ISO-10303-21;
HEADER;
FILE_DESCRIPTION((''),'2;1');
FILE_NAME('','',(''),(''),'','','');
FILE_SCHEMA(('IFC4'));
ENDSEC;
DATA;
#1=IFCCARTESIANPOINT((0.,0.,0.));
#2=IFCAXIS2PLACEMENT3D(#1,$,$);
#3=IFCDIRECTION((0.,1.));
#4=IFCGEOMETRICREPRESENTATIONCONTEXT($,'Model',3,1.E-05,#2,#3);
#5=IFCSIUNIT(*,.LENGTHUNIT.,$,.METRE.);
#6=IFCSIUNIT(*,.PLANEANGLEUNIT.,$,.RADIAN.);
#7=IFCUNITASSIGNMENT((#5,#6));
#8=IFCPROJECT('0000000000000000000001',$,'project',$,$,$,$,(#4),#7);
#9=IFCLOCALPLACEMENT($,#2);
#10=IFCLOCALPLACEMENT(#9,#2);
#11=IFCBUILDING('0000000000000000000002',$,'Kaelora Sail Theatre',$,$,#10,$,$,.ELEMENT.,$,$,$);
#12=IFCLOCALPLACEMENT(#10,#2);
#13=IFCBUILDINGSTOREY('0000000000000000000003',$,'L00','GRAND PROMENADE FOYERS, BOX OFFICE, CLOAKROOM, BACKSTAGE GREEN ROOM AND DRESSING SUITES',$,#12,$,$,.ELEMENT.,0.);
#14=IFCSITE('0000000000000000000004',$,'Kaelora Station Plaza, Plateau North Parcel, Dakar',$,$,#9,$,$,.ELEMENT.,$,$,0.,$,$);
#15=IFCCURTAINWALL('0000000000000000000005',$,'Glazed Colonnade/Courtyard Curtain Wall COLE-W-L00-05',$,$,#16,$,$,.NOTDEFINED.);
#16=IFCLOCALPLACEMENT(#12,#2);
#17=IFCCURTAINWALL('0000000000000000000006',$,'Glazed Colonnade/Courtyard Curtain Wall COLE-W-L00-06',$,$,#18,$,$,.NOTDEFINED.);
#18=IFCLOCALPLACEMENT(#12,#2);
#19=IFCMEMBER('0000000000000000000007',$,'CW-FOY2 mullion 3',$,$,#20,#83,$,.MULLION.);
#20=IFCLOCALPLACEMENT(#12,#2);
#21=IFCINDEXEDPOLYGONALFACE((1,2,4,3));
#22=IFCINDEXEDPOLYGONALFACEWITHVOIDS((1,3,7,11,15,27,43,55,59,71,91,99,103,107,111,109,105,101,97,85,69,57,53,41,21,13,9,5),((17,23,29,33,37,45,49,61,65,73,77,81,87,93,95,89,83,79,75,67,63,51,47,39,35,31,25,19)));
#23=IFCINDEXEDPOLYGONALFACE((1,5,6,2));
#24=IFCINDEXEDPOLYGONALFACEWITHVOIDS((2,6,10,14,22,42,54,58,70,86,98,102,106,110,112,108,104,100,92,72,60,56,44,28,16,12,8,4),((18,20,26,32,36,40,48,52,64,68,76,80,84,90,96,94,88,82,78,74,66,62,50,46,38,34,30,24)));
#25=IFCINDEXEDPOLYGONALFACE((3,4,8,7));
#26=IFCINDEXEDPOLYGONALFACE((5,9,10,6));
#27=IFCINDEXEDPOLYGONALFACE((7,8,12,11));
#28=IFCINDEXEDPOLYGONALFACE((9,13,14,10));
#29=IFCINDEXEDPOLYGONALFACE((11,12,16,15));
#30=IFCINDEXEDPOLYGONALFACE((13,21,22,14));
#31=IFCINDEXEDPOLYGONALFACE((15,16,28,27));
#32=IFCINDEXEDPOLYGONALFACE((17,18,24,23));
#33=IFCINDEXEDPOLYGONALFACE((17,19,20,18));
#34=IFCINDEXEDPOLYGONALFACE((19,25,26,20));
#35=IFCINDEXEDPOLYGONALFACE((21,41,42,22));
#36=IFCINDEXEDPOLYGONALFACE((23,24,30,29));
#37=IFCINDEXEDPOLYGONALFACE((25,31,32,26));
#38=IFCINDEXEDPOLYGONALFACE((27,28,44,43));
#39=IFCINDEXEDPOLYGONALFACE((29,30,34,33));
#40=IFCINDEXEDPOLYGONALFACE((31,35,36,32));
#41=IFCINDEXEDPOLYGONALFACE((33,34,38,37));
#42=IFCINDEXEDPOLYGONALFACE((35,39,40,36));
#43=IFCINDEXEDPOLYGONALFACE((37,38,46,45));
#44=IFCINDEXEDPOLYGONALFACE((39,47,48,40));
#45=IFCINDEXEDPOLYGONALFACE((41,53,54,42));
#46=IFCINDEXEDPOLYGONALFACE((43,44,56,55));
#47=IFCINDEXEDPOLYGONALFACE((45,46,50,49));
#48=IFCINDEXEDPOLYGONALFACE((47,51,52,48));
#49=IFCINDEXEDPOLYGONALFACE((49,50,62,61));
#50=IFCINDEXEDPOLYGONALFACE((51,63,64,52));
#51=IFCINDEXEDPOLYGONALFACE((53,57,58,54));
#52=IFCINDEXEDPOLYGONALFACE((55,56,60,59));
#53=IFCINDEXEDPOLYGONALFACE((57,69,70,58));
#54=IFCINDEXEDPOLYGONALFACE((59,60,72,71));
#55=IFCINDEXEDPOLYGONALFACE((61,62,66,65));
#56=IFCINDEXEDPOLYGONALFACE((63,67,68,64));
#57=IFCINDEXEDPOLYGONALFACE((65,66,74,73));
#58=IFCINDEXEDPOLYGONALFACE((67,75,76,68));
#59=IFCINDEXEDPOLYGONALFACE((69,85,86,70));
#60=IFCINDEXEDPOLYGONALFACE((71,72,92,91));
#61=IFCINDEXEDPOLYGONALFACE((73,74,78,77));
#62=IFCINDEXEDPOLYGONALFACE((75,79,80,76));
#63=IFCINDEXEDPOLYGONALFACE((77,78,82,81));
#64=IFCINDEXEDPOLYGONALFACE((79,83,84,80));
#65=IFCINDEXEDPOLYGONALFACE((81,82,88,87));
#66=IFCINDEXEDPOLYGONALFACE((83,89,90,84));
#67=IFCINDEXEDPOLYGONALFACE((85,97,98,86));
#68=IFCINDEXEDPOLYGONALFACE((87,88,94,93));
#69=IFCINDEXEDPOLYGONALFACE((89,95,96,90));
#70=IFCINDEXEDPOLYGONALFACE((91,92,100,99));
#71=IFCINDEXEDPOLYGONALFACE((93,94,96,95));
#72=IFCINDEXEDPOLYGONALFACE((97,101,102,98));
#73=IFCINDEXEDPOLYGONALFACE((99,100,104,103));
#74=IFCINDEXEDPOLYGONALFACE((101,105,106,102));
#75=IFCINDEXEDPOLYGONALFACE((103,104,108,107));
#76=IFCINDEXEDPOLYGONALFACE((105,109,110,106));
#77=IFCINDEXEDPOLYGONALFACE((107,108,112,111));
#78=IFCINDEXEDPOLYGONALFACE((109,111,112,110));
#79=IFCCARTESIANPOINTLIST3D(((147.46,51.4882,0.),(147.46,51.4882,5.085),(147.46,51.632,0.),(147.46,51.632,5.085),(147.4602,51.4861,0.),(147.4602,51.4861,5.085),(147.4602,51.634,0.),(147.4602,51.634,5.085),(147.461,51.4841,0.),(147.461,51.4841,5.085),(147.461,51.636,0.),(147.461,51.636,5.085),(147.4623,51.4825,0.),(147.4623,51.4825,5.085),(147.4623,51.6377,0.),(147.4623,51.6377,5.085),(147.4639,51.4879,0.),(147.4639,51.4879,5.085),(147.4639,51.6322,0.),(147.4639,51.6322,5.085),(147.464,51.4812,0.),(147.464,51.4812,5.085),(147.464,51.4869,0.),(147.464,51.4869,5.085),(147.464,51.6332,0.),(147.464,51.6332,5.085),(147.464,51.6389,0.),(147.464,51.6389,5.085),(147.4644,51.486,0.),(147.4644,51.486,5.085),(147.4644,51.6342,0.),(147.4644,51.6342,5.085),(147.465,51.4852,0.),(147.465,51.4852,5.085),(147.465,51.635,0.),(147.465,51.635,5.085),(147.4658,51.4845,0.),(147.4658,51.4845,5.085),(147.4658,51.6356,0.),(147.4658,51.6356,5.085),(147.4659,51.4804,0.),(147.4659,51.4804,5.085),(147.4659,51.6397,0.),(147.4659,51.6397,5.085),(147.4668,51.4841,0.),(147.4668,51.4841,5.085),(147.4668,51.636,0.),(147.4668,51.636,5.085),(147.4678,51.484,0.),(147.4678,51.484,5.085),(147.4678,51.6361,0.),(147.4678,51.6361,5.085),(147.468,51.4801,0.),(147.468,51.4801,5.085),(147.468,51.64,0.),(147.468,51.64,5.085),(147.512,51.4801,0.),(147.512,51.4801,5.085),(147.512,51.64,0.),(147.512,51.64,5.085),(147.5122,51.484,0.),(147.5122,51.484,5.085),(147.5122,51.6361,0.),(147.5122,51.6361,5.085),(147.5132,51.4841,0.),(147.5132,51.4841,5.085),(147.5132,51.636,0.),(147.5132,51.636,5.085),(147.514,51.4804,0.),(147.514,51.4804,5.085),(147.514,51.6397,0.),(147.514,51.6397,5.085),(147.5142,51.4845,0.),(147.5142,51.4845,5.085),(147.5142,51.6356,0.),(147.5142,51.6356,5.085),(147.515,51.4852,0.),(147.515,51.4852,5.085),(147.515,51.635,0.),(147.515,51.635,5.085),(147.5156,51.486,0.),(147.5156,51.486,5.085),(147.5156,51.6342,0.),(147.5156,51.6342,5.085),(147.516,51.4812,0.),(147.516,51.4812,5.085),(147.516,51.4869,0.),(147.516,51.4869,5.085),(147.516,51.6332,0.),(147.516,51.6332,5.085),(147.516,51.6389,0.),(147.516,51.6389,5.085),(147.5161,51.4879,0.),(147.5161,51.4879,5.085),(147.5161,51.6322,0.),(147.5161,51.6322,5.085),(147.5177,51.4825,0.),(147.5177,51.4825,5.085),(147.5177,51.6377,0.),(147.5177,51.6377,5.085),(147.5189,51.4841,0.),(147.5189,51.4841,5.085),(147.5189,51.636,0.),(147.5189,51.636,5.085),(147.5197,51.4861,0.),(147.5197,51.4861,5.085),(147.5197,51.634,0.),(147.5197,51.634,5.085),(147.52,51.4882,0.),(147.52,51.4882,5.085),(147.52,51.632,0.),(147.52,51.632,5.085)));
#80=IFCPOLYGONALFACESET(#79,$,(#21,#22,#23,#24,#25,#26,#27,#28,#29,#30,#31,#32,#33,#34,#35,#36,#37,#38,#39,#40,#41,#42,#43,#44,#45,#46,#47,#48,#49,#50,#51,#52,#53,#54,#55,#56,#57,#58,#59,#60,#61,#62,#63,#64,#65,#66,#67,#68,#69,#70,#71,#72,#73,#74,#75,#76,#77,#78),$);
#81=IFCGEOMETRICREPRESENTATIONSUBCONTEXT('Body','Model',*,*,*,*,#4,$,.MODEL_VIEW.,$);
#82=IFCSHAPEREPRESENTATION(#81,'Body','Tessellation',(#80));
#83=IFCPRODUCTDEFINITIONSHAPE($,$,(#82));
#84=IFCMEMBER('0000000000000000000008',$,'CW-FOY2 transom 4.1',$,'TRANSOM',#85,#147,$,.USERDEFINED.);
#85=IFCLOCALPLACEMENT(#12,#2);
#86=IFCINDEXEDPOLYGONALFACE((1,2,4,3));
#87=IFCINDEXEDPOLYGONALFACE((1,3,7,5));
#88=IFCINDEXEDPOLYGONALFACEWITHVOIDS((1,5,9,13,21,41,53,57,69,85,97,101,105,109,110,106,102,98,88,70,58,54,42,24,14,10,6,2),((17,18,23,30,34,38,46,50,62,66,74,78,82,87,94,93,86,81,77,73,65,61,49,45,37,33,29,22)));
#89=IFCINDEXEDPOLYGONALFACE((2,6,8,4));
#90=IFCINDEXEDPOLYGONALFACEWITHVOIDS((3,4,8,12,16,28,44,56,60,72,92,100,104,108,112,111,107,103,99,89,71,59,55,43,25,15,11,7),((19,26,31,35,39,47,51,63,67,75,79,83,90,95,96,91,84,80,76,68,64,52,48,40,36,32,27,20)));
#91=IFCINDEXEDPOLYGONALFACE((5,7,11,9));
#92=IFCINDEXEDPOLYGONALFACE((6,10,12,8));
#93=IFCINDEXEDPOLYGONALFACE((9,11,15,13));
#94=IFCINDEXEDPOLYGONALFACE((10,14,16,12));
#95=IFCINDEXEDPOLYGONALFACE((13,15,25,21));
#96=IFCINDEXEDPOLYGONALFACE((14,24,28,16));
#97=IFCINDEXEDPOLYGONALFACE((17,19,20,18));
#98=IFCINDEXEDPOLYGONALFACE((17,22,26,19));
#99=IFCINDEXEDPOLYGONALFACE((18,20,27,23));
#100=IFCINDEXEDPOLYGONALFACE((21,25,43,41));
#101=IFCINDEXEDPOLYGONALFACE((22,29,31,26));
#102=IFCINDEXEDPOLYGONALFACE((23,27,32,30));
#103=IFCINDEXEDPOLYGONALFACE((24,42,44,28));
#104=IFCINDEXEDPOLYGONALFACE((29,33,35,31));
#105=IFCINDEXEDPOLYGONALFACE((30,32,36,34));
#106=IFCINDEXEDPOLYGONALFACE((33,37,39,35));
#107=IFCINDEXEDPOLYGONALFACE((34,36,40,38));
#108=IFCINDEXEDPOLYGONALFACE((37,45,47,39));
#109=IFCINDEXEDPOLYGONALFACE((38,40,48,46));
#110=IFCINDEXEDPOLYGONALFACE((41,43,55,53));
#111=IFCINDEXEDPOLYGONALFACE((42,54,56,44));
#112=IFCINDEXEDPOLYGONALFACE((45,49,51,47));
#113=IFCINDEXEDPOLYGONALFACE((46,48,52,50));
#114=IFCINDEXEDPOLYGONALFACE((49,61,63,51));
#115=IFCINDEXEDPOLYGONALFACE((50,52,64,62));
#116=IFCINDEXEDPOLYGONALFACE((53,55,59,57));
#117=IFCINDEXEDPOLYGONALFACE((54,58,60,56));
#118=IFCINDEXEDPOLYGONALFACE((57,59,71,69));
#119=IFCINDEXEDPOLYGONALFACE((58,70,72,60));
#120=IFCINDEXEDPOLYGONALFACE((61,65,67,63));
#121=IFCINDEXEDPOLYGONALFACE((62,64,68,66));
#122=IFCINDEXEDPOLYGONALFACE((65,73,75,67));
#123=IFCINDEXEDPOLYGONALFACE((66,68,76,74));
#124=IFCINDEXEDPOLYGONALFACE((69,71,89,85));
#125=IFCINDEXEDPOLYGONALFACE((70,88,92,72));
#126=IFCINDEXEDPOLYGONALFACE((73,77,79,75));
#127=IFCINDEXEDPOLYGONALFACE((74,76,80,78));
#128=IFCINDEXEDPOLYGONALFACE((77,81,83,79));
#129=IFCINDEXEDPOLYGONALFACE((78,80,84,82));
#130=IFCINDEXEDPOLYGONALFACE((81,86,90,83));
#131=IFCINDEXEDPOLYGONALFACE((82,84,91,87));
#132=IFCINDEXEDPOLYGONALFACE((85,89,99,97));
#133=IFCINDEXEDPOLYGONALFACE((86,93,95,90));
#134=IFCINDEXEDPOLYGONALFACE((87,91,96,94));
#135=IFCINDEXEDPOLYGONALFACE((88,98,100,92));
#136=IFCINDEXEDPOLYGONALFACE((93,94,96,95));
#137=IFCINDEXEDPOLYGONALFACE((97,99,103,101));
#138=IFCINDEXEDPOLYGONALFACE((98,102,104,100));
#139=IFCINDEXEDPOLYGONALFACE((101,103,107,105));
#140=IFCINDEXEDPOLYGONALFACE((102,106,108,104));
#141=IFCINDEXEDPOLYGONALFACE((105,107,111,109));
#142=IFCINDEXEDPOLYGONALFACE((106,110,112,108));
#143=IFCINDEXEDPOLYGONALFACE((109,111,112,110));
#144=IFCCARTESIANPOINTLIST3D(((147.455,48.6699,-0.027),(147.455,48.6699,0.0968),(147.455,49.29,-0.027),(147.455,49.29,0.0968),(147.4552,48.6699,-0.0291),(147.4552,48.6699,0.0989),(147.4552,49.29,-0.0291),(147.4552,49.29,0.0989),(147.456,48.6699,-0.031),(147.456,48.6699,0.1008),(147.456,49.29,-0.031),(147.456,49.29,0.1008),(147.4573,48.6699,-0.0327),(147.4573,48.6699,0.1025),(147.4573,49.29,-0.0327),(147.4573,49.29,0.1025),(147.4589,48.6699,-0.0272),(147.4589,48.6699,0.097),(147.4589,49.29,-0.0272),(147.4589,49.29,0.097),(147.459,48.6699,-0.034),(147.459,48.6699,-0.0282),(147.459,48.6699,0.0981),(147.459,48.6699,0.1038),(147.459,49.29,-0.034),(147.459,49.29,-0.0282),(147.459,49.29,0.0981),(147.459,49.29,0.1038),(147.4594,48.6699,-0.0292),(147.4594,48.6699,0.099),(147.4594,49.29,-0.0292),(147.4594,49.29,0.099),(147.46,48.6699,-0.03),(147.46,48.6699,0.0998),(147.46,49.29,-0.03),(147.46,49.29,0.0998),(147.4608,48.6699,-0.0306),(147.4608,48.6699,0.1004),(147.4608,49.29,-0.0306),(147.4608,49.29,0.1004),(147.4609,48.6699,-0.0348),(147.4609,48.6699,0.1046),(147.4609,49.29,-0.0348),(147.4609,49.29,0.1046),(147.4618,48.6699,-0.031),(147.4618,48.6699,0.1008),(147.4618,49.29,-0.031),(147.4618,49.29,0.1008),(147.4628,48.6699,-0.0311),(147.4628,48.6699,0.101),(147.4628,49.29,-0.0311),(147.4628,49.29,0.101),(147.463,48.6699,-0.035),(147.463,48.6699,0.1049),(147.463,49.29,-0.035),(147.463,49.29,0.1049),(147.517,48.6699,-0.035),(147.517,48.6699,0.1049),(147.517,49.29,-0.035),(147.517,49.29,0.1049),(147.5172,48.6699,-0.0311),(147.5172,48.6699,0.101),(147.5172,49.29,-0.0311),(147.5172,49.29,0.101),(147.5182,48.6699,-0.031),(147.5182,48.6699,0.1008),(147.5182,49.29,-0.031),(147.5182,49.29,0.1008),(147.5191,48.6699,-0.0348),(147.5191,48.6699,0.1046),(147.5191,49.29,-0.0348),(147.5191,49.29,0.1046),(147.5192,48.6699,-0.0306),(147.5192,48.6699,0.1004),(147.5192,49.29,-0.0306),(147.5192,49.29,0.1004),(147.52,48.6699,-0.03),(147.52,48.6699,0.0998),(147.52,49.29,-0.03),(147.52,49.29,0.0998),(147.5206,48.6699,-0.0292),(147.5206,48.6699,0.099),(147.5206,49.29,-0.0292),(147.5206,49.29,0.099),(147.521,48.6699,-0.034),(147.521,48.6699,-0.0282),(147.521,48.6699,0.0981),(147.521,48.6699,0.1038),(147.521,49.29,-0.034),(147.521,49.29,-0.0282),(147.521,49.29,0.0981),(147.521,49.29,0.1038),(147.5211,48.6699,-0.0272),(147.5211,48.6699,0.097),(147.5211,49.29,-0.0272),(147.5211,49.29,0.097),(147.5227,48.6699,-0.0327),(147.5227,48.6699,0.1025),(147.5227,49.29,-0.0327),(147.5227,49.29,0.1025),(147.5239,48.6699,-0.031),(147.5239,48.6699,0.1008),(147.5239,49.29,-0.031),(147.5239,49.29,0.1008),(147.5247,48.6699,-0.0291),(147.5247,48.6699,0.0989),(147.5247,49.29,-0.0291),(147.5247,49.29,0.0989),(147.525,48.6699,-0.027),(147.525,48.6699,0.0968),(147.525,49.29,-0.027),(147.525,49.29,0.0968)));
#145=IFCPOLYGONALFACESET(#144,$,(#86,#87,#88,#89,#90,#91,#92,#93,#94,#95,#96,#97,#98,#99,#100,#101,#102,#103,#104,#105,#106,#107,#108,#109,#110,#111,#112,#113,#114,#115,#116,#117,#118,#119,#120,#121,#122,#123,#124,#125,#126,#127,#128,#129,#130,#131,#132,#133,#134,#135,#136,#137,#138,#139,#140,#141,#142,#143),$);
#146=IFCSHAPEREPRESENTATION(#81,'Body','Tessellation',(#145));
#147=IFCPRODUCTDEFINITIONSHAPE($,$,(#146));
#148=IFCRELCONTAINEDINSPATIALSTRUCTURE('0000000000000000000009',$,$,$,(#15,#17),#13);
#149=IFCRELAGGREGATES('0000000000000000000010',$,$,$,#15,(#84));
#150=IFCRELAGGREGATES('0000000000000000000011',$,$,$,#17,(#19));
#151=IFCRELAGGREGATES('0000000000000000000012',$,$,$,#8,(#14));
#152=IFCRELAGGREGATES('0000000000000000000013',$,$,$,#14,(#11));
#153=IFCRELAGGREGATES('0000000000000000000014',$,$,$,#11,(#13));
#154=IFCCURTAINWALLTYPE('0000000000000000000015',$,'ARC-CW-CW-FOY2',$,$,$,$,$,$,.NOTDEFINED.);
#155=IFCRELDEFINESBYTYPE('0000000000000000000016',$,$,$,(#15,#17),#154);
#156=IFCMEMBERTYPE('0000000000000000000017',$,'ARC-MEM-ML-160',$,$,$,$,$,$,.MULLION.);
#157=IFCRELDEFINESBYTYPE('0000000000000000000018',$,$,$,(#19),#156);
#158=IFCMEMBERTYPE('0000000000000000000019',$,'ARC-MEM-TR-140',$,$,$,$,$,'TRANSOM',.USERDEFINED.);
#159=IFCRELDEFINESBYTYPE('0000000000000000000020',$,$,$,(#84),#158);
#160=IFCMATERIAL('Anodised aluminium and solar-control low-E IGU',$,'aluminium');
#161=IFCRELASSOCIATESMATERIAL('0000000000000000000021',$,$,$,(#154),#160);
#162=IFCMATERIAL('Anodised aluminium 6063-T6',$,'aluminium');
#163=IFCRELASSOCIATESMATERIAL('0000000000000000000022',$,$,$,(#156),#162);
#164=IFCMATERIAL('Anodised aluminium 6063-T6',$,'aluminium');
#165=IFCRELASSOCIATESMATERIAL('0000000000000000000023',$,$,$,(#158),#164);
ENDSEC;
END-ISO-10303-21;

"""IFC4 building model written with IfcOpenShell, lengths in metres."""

from ifc_helpers import new_model, si_unit, direction, frame, origin, origin_2d, place, context, subcontext, project, spatial, hollow_rectangle, extrude, material, material_profile, profile_set, type_object, element, aggregate, save


model = new_model("IFC4")

# Units and contexts
model_context = context("Model", 3, precision=1e-05, world=origin(), true_north=direction((0.0, 1.0)))
body_context = subcontext(model_context, "Body", "Model", "MODEL_VIEW")
ifc_project = project(units=[si_unit("LENGTHUNIT", "METRE"), si_unit("PLANEANGLEUNIT", "RADIAN")], contexts=[model_context])

# Site, building, storey
site_placement = place(None, origin())
site = spatial("IfcSite", under=ifc_project, at=site_placement, Name="Kaelora Station Plaza, Plateau North Parcel, Dakar", CompositionType="ELEMENT", RefElevation=0.0)
building_placement = place(site_placement, origin())
building = spatial("IfcBuilding", under=site, at=building_placement, Name="Kaelora Sail Theatre", CompositionType="ELEMENT")
storey_placement = place(building_placement, origin())
storey = spatial("IfcBuildingStorey", under=building, at=storey_placement, Name="L00", Description="GRAND PROMENADE FOYERS, BOX OFFICE, CLOAKROOM, BACKSTAGE GREEN ROOM AND DRESSING SUITES", CompositionType="ELEMENT", Elevation=0.0)

# Curtain walls, member
ifc_material_1 = material(Name="Anodised aluminium and solar-control low-E IGU", Category="aluminium")
curtain_wall_type = type_object("IfcCurtainWallType", Name="ARC-CW-CW-FOY2", PredefinedType="NOTDEFINED", material=ifc_material_1)
curtain_wall_1_placement = place(storey_placement, origin())
curtain_wall_1 = element("IfcCurtainWall", 1, at=curtain_wall_1_placement, inside=storey, type_object=curtain_wall_type, Name="Glazed Colonnade/Courtyard Curtain Wall COLE-W-L00-05", PredefinedType="NOTDEFINED")
ifc_material_2 = material(Name="Anodised aluminium 6063-T6", Category="aluminium")
ifc_material_profile_1 = material_profile(ifc_material_2, hollow_rectangle(XDim=0.0601, YDim=0.1599, WallThickness=0.0039, InnerFilletRadius=0.0039, OuterFilletRadius=0.0081, at=origin_2d()), Name="ALU-MULL 60x160x4")
ifc_profile_set_1 = profile_set([ifc_material_profile_1], Name="Anodised aluminium 6063-T6")
member_type_1 = type_object("IfcMemberType", Name="ARC-MEM-ML-160", PredefinedType="MULLION", material=ifc_profile_set_1)
curtain_wall_2_placement = place(storey_placement, origin())
curtain_wall_2 = element("IfcCurtainWall", 2, at=curtain_wall_2_placement, inside=storey, type_object=curtain_wall_type, Name="Glazed Colonnade/Courtyard Curtain Wall COLE-W-L00-06", PredefinedType="NOTDEFINED")
member_1_placement = place(storey_placement, frame((147.49, 51.5601, 0.0), z_axis=(0.0, 0.0, 1.0), x_axis=(-1.0, 0.0, 0.0)))
member_1 = element("IfcMember", 3, at=member_1_placement, type_object=member_type_1, Name="CW-FOY2 mullion 3", PredefinedType="MULLION", context=body_context, shape_type="SweptSolid", body=[
    extrude(hollow_rectangle(XDim=0.0601, YDim=0.1599, WallThickness=0.0039, InnerFilletRadius=0.0039, OuterFilletRadius=0.0081, at=origin_2d()), origin(), (0.0, 0.0, 1.0), 5.085),
])

# Member
ifc_material_3 = material(Name="Anodised aluminium 6063-T6", Category="aluminium")
ifc_material_profile_2 = material_profile(ifc_material_3, hollow_rectangle(XDim=0.0701, YDim=0.1399, WallThickness=0.0039, InnerFilletRadius=0.0039, OuterFilletRadius=0.0081, at=origin_2d()), Name="ALU-TRAN 70x140x4")
ifc_profile_set_2 = profile_set([ifc_material_profile_2], Name="Anodised aluminium 6063-T6")
member_type_2 = type_object("IfcMemberType", Name="ARC-MEM-TR-140", ElementType="TRANSOM", PredefinedType="USERDEFINED", material=ifc_profile_set_2)
member_2_placement = place(storey_placement, frame((147.49, 48.6699, 0.0349), z_axis=(0.0, 1.0, 0.0), x_axis=(-1.0, 0.0, 0.0)))
member_2 = element("IfcMember", 4, at=member_2_placement, type_object=member_type_2, Name="CW-FOY2 transom 4.1", ObjectType="TRANSOM", PredefinedType="USERDEFINED", context=body_context, shape_type="SweptSolid", body=[
    extrude(hollow_rectangle(XDim=0.0701, YDim=0.1399, WallThickness=0.0039, InnerFilletRadius=0.0039, OuterFilletRadius=0.0081, at=origin_2d()), origin(), (0.0, 0.0, 1.0), 0.6201),
])

aggregate(curtain_wall_1, [member_2])
aggregate(curtain_wall_2, [member_1])

save(model, "model.ifc")
